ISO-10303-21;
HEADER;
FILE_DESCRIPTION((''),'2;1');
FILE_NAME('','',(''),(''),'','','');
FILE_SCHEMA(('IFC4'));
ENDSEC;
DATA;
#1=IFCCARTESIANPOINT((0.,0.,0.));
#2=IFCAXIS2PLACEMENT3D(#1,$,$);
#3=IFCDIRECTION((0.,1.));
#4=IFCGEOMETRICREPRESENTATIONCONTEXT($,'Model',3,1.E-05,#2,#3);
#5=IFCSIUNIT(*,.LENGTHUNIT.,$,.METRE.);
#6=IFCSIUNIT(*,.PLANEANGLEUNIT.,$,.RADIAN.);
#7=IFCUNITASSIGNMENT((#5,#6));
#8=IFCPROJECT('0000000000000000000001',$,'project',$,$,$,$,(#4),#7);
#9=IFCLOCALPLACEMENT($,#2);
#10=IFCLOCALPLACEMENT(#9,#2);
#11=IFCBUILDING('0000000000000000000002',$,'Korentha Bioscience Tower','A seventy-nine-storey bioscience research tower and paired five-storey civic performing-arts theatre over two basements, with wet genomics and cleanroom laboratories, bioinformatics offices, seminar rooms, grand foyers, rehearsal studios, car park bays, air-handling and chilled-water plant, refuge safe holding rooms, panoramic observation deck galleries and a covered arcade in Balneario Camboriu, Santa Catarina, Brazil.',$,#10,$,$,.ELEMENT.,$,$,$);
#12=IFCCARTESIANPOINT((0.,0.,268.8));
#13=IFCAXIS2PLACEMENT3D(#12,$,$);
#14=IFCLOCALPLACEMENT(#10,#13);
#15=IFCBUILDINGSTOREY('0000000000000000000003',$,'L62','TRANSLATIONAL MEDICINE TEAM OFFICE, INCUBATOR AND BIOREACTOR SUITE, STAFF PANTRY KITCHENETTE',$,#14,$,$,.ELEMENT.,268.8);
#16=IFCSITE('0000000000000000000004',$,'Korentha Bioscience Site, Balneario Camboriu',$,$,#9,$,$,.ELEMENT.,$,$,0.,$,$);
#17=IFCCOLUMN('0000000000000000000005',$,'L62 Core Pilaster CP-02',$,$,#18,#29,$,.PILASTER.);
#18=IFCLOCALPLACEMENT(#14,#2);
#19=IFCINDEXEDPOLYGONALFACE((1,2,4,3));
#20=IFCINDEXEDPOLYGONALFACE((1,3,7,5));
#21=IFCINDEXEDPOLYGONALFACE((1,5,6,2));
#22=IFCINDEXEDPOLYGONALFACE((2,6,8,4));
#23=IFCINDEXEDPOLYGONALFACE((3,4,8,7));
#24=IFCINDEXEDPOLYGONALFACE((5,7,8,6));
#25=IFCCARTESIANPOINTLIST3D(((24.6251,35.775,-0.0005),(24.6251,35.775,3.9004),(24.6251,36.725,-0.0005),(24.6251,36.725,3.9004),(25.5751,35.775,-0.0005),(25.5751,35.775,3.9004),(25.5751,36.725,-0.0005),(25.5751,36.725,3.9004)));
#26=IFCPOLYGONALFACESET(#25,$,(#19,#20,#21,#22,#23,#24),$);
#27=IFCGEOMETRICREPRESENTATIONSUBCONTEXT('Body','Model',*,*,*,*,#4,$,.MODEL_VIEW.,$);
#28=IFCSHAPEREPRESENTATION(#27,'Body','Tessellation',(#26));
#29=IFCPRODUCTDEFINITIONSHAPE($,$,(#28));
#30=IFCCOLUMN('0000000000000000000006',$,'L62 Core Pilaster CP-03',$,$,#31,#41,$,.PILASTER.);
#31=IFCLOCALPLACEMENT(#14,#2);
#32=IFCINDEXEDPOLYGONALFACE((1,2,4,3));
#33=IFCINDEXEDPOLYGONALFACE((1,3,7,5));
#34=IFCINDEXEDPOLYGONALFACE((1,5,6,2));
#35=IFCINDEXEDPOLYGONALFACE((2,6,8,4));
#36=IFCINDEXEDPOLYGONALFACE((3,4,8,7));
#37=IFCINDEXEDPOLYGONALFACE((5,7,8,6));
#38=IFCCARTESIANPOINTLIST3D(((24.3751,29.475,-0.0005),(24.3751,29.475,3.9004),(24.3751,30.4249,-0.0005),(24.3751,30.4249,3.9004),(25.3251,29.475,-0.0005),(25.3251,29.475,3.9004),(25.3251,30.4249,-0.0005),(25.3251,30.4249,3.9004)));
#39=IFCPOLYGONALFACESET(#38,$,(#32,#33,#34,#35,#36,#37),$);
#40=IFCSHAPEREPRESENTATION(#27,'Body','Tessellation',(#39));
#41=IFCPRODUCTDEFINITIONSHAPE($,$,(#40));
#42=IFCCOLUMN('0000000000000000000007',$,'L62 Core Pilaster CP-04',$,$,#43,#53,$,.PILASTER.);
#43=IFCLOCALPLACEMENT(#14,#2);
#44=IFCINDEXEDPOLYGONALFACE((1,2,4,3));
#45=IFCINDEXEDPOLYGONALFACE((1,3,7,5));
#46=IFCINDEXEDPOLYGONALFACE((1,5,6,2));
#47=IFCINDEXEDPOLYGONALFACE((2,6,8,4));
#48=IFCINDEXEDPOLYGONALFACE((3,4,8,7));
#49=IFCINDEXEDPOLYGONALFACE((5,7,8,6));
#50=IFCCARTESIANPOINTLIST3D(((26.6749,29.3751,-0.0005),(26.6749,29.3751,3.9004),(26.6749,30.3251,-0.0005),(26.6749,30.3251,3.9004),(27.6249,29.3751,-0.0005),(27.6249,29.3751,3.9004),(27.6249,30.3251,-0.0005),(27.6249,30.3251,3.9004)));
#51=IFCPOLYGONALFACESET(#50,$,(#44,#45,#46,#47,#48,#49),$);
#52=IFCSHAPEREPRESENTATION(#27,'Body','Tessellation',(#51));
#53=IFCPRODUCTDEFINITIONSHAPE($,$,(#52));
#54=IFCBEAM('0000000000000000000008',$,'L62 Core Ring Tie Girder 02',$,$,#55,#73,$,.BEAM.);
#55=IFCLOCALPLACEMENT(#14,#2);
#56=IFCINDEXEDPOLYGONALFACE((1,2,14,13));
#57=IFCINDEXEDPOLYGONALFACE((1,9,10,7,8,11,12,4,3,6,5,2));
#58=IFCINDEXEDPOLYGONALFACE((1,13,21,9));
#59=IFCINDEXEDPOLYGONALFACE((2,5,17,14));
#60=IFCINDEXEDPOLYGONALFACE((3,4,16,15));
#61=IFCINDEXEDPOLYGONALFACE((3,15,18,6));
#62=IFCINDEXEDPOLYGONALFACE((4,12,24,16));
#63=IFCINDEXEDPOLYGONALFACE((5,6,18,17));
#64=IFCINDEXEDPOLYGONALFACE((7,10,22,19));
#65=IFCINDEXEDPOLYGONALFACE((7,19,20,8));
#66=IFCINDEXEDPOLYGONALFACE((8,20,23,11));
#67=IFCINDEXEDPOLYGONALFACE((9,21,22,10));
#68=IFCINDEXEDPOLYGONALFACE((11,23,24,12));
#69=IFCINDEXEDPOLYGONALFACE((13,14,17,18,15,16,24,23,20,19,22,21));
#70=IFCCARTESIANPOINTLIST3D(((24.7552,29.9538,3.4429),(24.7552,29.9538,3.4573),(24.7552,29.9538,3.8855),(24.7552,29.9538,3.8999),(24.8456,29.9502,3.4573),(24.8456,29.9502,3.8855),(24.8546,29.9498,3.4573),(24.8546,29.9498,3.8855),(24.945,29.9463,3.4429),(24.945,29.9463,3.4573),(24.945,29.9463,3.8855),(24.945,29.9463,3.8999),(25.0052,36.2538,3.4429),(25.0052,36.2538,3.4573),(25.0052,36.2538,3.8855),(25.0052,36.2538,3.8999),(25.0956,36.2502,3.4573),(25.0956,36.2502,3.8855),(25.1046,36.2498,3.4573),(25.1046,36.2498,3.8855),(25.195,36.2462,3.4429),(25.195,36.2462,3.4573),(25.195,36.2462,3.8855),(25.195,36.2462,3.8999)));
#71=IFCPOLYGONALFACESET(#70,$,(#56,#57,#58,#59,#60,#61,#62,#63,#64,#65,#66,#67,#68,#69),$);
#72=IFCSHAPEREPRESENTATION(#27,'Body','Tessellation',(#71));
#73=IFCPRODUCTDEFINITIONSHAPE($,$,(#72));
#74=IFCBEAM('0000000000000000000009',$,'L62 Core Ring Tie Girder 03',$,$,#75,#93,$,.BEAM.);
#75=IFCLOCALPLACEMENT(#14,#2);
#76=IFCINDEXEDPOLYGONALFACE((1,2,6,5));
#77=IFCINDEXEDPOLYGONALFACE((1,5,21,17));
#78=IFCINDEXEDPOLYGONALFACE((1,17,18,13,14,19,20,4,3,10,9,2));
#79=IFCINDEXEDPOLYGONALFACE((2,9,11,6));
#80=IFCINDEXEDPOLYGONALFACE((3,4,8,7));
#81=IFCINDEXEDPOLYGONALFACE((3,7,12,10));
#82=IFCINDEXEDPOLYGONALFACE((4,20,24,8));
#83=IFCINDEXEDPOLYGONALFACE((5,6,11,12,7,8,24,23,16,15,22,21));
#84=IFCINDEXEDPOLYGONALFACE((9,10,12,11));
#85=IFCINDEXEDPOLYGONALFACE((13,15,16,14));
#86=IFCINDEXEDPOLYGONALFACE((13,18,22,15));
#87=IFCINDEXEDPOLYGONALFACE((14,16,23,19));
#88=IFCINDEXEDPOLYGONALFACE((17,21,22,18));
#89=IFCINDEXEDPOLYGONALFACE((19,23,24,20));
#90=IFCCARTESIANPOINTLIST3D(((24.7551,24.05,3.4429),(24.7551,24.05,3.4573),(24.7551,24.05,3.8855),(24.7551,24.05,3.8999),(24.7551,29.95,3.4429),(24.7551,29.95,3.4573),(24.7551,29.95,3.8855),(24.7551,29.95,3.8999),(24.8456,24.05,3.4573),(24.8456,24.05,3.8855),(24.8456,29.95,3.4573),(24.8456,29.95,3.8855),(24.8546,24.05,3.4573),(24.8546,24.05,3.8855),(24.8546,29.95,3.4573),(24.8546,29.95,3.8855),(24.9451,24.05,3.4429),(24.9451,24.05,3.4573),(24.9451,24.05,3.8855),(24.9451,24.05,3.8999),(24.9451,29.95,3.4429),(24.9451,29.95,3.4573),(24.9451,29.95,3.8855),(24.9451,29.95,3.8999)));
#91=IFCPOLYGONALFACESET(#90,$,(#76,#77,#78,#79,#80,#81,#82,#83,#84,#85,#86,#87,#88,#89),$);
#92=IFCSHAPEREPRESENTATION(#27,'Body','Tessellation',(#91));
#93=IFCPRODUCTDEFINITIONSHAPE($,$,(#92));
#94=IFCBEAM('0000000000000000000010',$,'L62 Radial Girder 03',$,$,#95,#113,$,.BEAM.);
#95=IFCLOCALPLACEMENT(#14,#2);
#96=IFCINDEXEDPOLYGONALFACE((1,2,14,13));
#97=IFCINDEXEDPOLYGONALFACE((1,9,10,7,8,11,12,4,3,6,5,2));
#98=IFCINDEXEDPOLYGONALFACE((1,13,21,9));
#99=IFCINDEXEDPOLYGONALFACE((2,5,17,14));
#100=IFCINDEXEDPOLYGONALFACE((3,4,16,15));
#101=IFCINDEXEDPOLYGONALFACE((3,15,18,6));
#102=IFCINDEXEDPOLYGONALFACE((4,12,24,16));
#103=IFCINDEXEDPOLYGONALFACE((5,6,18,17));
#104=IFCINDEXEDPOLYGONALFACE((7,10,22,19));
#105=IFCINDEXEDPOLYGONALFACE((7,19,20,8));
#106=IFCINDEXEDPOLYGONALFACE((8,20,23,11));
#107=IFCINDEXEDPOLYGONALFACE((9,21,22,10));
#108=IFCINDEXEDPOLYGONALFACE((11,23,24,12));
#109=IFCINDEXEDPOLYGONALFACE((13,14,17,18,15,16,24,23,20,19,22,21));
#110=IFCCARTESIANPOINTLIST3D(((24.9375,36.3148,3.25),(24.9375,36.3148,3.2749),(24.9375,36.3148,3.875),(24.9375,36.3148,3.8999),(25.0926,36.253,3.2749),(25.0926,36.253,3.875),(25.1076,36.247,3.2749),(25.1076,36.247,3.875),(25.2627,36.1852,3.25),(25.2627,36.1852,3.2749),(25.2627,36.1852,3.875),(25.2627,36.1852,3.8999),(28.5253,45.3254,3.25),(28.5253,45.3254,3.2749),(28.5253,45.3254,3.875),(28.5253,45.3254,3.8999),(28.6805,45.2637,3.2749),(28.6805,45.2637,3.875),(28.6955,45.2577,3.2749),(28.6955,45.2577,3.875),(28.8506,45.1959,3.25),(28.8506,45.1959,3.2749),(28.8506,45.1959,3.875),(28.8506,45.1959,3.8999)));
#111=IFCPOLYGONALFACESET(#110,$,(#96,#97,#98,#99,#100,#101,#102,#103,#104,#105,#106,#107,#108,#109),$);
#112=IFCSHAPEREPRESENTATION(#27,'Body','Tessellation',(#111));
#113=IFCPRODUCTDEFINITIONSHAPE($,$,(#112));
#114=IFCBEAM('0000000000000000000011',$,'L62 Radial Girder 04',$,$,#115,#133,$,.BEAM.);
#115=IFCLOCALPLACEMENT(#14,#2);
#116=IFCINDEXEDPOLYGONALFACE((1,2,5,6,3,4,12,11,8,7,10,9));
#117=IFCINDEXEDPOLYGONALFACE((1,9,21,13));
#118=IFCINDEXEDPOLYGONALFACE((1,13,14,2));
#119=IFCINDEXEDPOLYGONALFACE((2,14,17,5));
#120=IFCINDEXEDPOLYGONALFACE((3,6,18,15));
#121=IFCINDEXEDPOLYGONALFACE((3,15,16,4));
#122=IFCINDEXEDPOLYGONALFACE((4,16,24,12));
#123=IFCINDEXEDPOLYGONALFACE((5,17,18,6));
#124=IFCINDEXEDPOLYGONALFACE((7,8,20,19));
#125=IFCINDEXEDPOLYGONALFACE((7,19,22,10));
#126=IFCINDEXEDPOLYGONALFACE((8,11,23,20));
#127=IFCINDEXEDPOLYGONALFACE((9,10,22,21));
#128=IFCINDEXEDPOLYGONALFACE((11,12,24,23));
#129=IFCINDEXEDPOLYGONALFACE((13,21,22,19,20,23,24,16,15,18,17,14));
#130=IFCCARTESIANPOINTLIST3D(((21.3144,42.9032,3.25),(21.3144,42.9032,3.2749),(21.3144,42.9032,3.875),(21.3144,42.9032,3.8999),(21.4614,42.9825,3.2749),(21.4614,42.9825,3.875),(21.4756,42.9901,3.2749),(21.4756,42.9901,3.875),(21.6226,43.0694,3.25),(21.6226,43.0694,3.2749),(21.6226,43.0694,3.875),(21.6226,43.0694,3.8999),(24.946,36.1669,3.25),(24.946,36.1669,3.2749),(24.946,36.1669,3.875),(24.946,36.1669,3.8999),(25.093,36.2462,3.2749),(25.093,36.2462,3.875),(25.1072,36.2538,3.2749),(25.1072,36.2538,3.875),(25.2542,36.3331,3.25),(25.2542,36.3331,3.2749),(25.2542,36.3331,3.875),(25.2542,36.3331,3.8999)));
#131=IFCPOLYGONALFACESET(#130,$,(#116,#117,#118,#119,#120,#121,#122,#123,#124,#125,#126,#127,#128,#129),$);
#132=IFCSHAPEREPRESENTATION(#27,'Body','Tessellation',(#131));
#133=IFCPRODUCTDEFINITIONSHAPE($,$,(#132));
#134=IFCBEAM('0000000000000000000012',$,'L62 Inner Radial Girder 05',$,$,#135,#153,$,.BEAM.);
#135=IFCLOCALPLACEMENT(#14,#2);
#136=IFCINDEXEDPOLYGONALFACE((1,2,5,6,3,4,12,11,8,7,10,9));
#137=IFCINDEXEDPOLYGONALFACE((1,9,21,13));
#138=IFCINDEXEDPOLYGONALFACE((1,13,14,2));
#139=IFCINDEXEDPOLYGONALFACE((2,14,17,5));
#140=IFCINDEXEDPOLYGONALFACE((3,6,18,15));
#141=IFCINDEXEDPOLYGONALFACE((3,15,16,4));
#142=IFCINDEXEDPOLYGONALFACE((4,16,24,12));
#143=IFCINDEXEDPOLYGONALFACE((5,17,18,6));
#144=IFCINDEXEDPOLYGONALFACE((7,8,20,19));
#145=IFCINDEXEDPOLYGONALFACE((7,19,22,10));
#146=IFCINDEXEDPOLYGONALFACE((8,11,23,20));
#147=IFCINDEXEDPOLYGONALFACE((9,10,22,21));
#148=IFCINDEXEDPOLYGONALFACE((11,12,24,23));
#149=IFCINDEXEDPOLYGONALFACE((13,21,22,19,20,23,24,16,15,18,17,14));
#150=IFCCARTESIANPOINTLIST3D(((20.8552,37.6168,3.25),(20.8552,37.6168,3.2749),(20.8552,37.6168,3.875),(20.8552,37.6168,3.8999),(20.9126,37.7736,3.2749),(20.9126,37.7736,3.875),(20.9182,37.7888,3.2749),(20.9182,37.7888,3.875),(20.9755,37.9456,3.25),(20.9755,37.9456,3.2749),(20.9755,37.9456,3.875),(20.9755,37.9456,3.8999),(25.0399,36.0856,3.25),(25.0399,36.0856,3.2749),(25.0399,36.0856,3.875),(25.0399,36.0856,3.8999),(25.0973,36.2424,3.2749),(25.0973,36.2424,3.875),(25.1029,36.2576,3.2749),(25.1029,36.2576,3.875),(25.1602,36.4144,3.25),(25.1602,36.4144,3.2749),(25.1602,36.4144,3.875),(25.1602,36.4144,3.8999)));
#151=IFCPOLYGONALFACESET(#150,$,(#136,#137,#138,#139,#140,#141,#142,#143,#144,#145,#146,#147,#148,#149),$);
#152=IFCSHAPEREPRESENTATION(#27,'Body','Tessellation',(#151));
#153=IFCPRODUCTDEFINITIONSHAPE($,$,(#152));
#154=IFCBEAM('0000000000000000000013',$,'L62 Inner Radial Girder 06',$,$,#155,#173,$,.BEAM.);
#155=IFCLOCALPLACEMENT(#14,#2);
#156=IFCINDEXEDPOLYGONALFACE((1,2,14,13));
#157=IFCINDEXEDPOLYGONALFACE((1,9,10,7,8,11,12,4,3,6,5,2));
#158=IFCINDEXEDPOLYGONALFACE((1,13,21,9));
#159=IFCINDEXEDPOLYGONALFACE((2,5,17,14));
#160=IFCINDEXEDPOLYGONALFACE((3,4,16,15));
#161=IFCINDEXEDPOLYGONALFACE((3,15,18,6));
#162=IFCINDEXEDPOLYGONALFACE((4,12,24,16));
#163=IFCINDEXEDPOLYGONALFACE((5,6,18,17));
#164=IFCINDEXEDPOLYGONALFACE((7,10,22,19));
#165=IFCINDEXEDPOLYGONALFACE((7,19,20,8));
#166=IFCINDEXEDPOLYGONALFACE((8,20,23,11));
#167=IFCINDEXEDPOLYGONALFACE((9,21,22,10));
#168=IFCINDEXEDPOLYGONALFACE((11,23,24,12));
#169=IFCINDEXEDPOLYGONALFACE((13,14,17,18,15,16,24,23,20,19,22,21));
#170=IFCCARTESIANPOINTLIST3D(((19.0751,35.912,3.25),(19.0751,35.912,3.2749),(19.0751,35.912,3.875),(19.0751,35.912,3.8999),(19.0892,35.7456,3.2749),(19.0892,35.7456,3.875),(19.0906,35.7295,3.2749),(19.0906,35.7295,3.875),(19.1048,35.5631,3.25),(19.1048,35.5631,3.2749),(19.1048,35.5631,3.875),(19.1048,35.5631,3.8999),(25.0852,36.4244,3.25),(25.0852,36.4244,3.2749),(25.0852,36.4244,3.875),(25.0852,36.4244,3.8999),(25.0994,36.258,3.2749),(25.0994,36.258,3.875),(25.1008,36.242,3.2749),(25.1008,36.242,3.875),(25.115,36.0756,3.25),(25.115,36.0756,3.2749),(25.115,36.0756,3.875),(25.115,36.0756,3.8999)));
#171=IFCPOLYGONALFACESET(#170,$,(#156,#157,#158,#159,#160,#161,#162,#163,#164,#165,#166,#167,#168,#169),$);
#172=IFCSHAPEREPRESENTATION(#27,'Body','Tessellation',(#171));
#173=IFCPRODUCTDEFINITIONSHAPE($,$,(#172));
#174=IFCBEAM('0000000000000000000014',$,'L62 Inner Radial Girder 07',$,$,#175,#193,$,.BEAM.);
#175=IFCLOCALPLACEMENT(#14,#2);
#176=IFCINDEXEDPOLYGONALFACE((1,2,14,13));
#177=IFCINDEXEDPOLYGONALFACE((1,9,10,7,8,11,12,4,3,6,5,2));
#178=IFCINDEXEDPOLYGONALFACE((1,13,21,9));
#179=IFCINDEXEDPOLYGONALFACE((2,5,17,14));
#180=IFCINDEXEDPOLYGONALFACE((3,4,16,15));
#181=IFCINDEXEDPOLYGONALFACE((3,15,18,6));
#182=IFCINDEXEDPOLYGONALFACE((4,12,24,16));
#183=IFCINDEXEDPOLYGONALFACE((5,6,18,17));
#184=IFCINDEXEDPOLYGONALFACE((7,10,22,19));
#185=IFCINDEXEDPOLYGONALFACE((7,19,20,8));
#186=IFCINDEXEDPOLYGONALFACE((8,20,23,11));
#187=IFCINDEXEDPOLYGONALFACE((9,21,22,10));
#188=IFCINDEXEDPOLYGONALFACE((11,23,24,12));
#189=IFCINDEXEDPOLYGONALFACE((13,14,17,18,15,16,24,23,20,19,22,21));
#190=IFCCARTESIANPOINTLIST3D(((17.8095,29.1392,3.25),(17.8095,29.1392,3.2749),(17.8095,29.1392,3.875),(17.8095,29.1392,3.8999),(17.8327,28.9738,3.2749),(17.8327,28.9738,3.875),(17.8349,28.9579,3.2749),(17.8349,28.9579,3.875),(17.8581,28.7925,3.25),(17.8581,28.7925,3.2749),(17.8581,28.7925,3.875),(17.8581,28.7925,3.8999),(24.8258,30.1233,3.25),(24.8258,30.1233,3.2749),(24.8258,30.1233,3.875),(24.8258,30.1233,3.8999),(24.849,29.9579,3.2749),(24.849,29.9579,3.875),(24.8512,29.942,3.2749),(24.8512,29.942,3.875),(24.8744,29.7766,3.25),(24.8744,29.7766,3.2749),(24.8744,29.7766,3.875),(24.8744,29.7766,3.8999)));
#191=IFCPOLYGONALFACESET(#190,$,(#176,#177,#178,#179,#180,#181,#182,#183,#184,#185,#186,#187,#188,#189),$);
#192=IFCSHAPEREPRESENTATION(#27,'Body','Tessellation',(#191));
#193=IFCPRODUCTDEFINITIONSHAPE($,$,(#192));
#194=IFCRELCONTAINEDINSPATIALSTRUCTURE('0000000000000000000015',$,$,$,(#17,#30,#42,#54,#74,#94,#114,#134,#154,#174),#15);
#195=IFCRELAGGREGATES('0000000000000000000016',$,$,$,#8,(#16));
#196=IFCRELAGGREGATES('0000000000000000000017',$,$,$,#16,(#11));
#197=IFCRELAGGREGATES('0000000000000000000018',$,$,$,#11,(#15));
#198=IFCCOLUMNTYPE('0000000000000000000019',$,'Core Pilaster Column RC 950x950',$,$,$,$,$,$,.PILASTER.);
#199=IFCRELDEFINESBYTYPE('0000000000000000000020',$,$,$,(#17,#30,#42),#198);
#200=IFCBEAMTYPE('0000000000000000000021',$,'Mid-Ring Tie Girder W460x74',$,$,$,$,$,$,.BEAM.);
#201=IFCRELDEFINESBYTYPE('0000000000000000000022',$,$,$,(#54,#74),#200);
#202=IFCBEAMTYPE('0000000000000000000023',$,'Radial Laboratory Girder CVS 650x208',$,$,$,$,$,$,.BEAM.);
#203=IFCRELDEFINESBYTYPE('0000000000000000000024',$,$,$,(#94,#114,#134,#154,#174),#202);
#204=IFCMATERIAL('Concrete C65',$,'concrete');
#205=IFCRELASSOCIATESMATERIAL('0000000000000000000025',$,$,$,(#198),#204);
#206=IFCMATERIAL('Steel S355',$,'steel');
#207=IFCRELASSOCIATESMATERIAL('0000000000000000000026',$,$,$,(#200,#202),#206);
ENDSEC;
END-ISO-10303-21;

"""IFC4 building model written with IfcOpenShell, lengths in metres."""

from ifc_helpers import new_model, si_unit, direction, frame, origin, origin_2d, place, context, subcontext, project, spatial, rectangle, i_section, extrude, material, material_profile, profile_set, type_object, element, save


model = new_model("IFC4")

# Units and contexts
model_context = context("Model", 3, precision=1e-05, world=origin(), true_north=direction((0.0, 1.0)))
body_context = subcontext(model_context, "Body", "Model", "MODEL_VIEW")
ifc_project = project(units=[si_unit("LENGTHUNIT", "METRE"), si_unit("PLANEANGLEUNIT", "RADIAN")], contexts=[model_context])

# Site, building, storey
site_placement = place(None, origin())
site = spatial("IfcSite", under=ifc_project, at=site_placement, Name="Korentha Bioscience Site, Balneario Camboriu", CompositionType="ELEMENT", RefElevation=0.0)
building_placement = place(site_placement, origin())
building = spatial("IfcBuilding", under=site, at=building_placement, Name="Korentha Bioscience Tower", Description="A seventy-nine-storey bioscience research tower and paired five-storey civic performing-arts theatre over two basements, with wet genomics and cleanroom laboratories, bioinformatics offices, seminar rooms, grand foyers, rehearsal studios, car park bays, air-handling and chilled-water plant, refuge safe holding rooms, panoramic observation deck galleries and a covered arcade in Balneario Camboriu, Santa Catarina, Brazil.", CompositionType="ELEMENT")
storey_placement = place(building_placement, frame((0.0, 0.0, 268.8)))
storey = spatial("IfcBuildingStorey", under=building, at=storey_placement, Name="L62", Description="TRANSLATIONAL MEDICINE TEAM OFFICE, INCUBATOR AND BIOREACTOR SUITE, STAFF PANTRY KITCHENETTE", CompositionType="ELEMENT", Elevation=268.8)

# Columns
ifc_material_1 = material(Name="Concrete C65", Category="concrete")
ifc_material_profile_1 = material_profile(ifc_material_1, rectangle(XDim=0.95, YDim=0.95, at=origin_2d()), Name="Concrete C65")
ifc_profile_set_1 = profile_set([ifc_material_profile_1], Name="Concrete C65 (COL-CP09)")
column_type = type_object("IfcColumnType", Name="Core Pilaster Column RC 950x950", PredefinedType="PILASTER", material=ifc_profile_set_1)
for number, where, z_axis, x_axis, name in (
    (1, (25.1001, 36.25, -0.0005), (0.0, 0.0, 1.0), (1.0, 0.0, 0.0), "L62 Core Pilaster CP-02"),
    (2, (24.8501, 29.95, -0.0005), (0.0, 0.0, 1.0), (1.0, 0.0, 0.0), "L62 Core Pilaster CP-03"),
    (3, (27.1499, 29.8501, -0.0005), (0.0, 0.0, 1.0), (1.0, 0.0, 0.0), "L62 Core Pilaster CP-04"),
):
    element("IfcColumn", number, at=place(storey_placement, frame(where, z_axis=z_axis, x_axis=x_axis)), inside=storey, type_object=column_type, Name=name, PredefinedType="PILASTER", context=body_context, shape_type="SweptSolid", body=[
        extrude(rectangle(XDim=0.95, YDim=0.95, at=origin_2d()), origin(), (0.0, 0.0, 1.0), 3.9009),
    ])

# Beams
ifc_material_2 = material(Name="Steel S355", Category="steel")
ifc_material_profile_2 = material_profile(ifc_material_2, i_section(OverallWidth=0.1899, OverallDepth=0.457, WebThickness=0.009, FlangeThickness=0.0144, at=origin_2d()), Name="Steel S355")
ifc_profile_set_2 = profile_set([ifc_material_profile_2], Name="Steel S355 (MB-460)")
beam_type_1 = type_object("IfcBeamType", Name="Mid-Ring Tie Girder W460x74", PredefinedType="BEAM", material=ifc_profile_set_2)
beam_1_placement = place(storey_placement, frame((25.1001, 36.25, 3.6714), z_axis=(-0.039651, -0.999214, 0.0), x_axis=(0.999214, -0.039651, 0.0)))
element("IfcBeam", 4, at=beam_1_placement, inside=storey, type_object=beam_type_1, Name="L62 Core Ring Tie Girder 02", PredefinedType="BEAM", context=body_context, shape_type="SweptSolid", body=[
    extrude(i_section(OverallWidth=0.1899, OverallDepth=0.457, WebThickness=0.009, FlangeThickness=0.0144, at=origin_2d()), origin(), (0.0, 0.0, 1.0), 6.3049),
])
beam_2_placement = place(storey_placement, frame((24.8501, 29.95, 3.6714), z_axis=(0.0, -1.0, 0.0), x_axis=(1.0, 0.0, 0.0)))
element("IfcBeam", 5, at=beam_2_placement, inside=storey, type_object=beam_type_1, Name="L62 Core Ring Tie Girder 03", PredefinedType="BEAM", context=body_context, shape_type="SweptSolid", body=[
    extrude(i_section(OverallWidth=0.1899, OverallDepth=0.457, WebThickness=0.009, FlangeThickness=0.0144, at=origin_2d()), origin(), (0.0, 0.0, 1.0), 5.8999),
])
ifc_material_profile_3 = material_profile(ifc_material_2, i_section(OverallWidth=0.3501, OverallDepth=0.6499, WebThickness=0.0161, FlangeThickness=0.0249, at=origin_2d()), Name="Steel S355")
ifc_profile_set_3 = profile_set([ifc_material_profile_3], Name="Steel S355 (RB-650)")
beam_type_2 = type_object("IfcBeamType", Name="Radial Laboratory Girder CVS 650x208", PredefinedType="BEAM", material=ifc_profile_set_3)
beam_3_placement = place(storey_placement, frame((25.1001, 36.25, 3.575), z_axis=(0.369932, 0.929059, 0.0), x_axis=(-0.929059, 0.369932, 0.0)))
element("IfcBeam", 6, at=beam_3_placement, inside=storey, type_object=beam_type_2, Name="L62 Radial Girder 03", PredefinedType="BEAM", context=body_context, shape_type="SweptSolid", body=[
    extrude(i_section(OverallWidth=0.3501, OverallDepth=0.6499, WebThickness=0.0161, FlangeThickness=0.0249, at=origin_2d()), origin(), (0.0, 0.0, 1.0), 9.6987),
])
beam_4_placement = place(storey_placement, frame((25.1001, 36.25, 3.575), z_axis=(-0.474539, 0.880234, 0.0), x_axis=(-0.880234, -0.474539, 0.0)))
element("IfcBeam", 7, at=beam_4_placement, inside=storey, type_object=beam_type_2, Name="L62 Radial Girder 04", PredefinedType="BEAM", context=body_context, shape_type="SweptSolid", body=[
    extrude(i_section(OverallWidth=0.3501, OverallDepth=0.6499, WebThickness=0.0161, FlangeThickness=0.0249, at=origin_2d()), origin(), (0.0, 0.0, 1.0), 7.6528),
])
beam_5_placement = place(storey_placement, frame((25.1001, 36.25, 3.575), z_axis=(-0.939107, 0.343625, 0.0), x_axis=(-0.343625, -0.939107, 0.0)))
element("IfcBeam", 8, at=beam_5_placement, inside=storey, type_object=beam_type_2, Name="L62 Inner Radial Girder 05", PredefinedType="BEAM", context=body_context, shape_type="SweptSolid", body=[
    extrude(i_section(OverallWidth=0.3501, OverallDepth=0.6499, WebThickness=0.0161, FlangeThickness=0.0249, at=origin_2d()), origin(), (0.0, 0.0, 1.0), 4.4561),
])
beam_6_placement = place(storey_placement, frame((25.1001, 36.25, 3.575), z_axis=(-0.996385, -0.084955, 0.0), x_axis=(0.084955, -0.996385, 0.0)))
element("IfcBeam", 9, at=beam_6_placement, inside=storey, type_object=beam_type_2, Name="L62 Inner Radial Girder 06", PredefinedType="BEAM", context=body_context, shape_type="SweptSolid", body=[
    extrude(i_section(OverallWidth=0.3501, OverallDepth=0.6499, WebThickness=0.0161, FlangeThickness=0.0249, at=origin_2d()), origin(), (0.0, 0.0, 1.0), 6.032),
])
beam_7_placement = place(storey_placement, frame((24.8501, 29.95, 3.575), z_axis=(-0.990306, -0.138903, 0.0), x_axis=(0.138903, -0.990306, 0.0)))
element("IfcBeam", 10, at=beam_7_placement, inside=storey, type_object=beam_type_2, Name="L62 Inner Radial Girder 07", PredefinedType="BEAM", context=body_context, shape_type="SweptSolid", body=[
    extrude(i_section(OverallWidth=0.3501, OverallDepth=0.6499, WebThickness=0.0161, FlangeThickness=0.0249, at=origin_2d()), origin(), (0.0, 0.0, 1.0), 7.085),
])

save(model, "model.ifc")
